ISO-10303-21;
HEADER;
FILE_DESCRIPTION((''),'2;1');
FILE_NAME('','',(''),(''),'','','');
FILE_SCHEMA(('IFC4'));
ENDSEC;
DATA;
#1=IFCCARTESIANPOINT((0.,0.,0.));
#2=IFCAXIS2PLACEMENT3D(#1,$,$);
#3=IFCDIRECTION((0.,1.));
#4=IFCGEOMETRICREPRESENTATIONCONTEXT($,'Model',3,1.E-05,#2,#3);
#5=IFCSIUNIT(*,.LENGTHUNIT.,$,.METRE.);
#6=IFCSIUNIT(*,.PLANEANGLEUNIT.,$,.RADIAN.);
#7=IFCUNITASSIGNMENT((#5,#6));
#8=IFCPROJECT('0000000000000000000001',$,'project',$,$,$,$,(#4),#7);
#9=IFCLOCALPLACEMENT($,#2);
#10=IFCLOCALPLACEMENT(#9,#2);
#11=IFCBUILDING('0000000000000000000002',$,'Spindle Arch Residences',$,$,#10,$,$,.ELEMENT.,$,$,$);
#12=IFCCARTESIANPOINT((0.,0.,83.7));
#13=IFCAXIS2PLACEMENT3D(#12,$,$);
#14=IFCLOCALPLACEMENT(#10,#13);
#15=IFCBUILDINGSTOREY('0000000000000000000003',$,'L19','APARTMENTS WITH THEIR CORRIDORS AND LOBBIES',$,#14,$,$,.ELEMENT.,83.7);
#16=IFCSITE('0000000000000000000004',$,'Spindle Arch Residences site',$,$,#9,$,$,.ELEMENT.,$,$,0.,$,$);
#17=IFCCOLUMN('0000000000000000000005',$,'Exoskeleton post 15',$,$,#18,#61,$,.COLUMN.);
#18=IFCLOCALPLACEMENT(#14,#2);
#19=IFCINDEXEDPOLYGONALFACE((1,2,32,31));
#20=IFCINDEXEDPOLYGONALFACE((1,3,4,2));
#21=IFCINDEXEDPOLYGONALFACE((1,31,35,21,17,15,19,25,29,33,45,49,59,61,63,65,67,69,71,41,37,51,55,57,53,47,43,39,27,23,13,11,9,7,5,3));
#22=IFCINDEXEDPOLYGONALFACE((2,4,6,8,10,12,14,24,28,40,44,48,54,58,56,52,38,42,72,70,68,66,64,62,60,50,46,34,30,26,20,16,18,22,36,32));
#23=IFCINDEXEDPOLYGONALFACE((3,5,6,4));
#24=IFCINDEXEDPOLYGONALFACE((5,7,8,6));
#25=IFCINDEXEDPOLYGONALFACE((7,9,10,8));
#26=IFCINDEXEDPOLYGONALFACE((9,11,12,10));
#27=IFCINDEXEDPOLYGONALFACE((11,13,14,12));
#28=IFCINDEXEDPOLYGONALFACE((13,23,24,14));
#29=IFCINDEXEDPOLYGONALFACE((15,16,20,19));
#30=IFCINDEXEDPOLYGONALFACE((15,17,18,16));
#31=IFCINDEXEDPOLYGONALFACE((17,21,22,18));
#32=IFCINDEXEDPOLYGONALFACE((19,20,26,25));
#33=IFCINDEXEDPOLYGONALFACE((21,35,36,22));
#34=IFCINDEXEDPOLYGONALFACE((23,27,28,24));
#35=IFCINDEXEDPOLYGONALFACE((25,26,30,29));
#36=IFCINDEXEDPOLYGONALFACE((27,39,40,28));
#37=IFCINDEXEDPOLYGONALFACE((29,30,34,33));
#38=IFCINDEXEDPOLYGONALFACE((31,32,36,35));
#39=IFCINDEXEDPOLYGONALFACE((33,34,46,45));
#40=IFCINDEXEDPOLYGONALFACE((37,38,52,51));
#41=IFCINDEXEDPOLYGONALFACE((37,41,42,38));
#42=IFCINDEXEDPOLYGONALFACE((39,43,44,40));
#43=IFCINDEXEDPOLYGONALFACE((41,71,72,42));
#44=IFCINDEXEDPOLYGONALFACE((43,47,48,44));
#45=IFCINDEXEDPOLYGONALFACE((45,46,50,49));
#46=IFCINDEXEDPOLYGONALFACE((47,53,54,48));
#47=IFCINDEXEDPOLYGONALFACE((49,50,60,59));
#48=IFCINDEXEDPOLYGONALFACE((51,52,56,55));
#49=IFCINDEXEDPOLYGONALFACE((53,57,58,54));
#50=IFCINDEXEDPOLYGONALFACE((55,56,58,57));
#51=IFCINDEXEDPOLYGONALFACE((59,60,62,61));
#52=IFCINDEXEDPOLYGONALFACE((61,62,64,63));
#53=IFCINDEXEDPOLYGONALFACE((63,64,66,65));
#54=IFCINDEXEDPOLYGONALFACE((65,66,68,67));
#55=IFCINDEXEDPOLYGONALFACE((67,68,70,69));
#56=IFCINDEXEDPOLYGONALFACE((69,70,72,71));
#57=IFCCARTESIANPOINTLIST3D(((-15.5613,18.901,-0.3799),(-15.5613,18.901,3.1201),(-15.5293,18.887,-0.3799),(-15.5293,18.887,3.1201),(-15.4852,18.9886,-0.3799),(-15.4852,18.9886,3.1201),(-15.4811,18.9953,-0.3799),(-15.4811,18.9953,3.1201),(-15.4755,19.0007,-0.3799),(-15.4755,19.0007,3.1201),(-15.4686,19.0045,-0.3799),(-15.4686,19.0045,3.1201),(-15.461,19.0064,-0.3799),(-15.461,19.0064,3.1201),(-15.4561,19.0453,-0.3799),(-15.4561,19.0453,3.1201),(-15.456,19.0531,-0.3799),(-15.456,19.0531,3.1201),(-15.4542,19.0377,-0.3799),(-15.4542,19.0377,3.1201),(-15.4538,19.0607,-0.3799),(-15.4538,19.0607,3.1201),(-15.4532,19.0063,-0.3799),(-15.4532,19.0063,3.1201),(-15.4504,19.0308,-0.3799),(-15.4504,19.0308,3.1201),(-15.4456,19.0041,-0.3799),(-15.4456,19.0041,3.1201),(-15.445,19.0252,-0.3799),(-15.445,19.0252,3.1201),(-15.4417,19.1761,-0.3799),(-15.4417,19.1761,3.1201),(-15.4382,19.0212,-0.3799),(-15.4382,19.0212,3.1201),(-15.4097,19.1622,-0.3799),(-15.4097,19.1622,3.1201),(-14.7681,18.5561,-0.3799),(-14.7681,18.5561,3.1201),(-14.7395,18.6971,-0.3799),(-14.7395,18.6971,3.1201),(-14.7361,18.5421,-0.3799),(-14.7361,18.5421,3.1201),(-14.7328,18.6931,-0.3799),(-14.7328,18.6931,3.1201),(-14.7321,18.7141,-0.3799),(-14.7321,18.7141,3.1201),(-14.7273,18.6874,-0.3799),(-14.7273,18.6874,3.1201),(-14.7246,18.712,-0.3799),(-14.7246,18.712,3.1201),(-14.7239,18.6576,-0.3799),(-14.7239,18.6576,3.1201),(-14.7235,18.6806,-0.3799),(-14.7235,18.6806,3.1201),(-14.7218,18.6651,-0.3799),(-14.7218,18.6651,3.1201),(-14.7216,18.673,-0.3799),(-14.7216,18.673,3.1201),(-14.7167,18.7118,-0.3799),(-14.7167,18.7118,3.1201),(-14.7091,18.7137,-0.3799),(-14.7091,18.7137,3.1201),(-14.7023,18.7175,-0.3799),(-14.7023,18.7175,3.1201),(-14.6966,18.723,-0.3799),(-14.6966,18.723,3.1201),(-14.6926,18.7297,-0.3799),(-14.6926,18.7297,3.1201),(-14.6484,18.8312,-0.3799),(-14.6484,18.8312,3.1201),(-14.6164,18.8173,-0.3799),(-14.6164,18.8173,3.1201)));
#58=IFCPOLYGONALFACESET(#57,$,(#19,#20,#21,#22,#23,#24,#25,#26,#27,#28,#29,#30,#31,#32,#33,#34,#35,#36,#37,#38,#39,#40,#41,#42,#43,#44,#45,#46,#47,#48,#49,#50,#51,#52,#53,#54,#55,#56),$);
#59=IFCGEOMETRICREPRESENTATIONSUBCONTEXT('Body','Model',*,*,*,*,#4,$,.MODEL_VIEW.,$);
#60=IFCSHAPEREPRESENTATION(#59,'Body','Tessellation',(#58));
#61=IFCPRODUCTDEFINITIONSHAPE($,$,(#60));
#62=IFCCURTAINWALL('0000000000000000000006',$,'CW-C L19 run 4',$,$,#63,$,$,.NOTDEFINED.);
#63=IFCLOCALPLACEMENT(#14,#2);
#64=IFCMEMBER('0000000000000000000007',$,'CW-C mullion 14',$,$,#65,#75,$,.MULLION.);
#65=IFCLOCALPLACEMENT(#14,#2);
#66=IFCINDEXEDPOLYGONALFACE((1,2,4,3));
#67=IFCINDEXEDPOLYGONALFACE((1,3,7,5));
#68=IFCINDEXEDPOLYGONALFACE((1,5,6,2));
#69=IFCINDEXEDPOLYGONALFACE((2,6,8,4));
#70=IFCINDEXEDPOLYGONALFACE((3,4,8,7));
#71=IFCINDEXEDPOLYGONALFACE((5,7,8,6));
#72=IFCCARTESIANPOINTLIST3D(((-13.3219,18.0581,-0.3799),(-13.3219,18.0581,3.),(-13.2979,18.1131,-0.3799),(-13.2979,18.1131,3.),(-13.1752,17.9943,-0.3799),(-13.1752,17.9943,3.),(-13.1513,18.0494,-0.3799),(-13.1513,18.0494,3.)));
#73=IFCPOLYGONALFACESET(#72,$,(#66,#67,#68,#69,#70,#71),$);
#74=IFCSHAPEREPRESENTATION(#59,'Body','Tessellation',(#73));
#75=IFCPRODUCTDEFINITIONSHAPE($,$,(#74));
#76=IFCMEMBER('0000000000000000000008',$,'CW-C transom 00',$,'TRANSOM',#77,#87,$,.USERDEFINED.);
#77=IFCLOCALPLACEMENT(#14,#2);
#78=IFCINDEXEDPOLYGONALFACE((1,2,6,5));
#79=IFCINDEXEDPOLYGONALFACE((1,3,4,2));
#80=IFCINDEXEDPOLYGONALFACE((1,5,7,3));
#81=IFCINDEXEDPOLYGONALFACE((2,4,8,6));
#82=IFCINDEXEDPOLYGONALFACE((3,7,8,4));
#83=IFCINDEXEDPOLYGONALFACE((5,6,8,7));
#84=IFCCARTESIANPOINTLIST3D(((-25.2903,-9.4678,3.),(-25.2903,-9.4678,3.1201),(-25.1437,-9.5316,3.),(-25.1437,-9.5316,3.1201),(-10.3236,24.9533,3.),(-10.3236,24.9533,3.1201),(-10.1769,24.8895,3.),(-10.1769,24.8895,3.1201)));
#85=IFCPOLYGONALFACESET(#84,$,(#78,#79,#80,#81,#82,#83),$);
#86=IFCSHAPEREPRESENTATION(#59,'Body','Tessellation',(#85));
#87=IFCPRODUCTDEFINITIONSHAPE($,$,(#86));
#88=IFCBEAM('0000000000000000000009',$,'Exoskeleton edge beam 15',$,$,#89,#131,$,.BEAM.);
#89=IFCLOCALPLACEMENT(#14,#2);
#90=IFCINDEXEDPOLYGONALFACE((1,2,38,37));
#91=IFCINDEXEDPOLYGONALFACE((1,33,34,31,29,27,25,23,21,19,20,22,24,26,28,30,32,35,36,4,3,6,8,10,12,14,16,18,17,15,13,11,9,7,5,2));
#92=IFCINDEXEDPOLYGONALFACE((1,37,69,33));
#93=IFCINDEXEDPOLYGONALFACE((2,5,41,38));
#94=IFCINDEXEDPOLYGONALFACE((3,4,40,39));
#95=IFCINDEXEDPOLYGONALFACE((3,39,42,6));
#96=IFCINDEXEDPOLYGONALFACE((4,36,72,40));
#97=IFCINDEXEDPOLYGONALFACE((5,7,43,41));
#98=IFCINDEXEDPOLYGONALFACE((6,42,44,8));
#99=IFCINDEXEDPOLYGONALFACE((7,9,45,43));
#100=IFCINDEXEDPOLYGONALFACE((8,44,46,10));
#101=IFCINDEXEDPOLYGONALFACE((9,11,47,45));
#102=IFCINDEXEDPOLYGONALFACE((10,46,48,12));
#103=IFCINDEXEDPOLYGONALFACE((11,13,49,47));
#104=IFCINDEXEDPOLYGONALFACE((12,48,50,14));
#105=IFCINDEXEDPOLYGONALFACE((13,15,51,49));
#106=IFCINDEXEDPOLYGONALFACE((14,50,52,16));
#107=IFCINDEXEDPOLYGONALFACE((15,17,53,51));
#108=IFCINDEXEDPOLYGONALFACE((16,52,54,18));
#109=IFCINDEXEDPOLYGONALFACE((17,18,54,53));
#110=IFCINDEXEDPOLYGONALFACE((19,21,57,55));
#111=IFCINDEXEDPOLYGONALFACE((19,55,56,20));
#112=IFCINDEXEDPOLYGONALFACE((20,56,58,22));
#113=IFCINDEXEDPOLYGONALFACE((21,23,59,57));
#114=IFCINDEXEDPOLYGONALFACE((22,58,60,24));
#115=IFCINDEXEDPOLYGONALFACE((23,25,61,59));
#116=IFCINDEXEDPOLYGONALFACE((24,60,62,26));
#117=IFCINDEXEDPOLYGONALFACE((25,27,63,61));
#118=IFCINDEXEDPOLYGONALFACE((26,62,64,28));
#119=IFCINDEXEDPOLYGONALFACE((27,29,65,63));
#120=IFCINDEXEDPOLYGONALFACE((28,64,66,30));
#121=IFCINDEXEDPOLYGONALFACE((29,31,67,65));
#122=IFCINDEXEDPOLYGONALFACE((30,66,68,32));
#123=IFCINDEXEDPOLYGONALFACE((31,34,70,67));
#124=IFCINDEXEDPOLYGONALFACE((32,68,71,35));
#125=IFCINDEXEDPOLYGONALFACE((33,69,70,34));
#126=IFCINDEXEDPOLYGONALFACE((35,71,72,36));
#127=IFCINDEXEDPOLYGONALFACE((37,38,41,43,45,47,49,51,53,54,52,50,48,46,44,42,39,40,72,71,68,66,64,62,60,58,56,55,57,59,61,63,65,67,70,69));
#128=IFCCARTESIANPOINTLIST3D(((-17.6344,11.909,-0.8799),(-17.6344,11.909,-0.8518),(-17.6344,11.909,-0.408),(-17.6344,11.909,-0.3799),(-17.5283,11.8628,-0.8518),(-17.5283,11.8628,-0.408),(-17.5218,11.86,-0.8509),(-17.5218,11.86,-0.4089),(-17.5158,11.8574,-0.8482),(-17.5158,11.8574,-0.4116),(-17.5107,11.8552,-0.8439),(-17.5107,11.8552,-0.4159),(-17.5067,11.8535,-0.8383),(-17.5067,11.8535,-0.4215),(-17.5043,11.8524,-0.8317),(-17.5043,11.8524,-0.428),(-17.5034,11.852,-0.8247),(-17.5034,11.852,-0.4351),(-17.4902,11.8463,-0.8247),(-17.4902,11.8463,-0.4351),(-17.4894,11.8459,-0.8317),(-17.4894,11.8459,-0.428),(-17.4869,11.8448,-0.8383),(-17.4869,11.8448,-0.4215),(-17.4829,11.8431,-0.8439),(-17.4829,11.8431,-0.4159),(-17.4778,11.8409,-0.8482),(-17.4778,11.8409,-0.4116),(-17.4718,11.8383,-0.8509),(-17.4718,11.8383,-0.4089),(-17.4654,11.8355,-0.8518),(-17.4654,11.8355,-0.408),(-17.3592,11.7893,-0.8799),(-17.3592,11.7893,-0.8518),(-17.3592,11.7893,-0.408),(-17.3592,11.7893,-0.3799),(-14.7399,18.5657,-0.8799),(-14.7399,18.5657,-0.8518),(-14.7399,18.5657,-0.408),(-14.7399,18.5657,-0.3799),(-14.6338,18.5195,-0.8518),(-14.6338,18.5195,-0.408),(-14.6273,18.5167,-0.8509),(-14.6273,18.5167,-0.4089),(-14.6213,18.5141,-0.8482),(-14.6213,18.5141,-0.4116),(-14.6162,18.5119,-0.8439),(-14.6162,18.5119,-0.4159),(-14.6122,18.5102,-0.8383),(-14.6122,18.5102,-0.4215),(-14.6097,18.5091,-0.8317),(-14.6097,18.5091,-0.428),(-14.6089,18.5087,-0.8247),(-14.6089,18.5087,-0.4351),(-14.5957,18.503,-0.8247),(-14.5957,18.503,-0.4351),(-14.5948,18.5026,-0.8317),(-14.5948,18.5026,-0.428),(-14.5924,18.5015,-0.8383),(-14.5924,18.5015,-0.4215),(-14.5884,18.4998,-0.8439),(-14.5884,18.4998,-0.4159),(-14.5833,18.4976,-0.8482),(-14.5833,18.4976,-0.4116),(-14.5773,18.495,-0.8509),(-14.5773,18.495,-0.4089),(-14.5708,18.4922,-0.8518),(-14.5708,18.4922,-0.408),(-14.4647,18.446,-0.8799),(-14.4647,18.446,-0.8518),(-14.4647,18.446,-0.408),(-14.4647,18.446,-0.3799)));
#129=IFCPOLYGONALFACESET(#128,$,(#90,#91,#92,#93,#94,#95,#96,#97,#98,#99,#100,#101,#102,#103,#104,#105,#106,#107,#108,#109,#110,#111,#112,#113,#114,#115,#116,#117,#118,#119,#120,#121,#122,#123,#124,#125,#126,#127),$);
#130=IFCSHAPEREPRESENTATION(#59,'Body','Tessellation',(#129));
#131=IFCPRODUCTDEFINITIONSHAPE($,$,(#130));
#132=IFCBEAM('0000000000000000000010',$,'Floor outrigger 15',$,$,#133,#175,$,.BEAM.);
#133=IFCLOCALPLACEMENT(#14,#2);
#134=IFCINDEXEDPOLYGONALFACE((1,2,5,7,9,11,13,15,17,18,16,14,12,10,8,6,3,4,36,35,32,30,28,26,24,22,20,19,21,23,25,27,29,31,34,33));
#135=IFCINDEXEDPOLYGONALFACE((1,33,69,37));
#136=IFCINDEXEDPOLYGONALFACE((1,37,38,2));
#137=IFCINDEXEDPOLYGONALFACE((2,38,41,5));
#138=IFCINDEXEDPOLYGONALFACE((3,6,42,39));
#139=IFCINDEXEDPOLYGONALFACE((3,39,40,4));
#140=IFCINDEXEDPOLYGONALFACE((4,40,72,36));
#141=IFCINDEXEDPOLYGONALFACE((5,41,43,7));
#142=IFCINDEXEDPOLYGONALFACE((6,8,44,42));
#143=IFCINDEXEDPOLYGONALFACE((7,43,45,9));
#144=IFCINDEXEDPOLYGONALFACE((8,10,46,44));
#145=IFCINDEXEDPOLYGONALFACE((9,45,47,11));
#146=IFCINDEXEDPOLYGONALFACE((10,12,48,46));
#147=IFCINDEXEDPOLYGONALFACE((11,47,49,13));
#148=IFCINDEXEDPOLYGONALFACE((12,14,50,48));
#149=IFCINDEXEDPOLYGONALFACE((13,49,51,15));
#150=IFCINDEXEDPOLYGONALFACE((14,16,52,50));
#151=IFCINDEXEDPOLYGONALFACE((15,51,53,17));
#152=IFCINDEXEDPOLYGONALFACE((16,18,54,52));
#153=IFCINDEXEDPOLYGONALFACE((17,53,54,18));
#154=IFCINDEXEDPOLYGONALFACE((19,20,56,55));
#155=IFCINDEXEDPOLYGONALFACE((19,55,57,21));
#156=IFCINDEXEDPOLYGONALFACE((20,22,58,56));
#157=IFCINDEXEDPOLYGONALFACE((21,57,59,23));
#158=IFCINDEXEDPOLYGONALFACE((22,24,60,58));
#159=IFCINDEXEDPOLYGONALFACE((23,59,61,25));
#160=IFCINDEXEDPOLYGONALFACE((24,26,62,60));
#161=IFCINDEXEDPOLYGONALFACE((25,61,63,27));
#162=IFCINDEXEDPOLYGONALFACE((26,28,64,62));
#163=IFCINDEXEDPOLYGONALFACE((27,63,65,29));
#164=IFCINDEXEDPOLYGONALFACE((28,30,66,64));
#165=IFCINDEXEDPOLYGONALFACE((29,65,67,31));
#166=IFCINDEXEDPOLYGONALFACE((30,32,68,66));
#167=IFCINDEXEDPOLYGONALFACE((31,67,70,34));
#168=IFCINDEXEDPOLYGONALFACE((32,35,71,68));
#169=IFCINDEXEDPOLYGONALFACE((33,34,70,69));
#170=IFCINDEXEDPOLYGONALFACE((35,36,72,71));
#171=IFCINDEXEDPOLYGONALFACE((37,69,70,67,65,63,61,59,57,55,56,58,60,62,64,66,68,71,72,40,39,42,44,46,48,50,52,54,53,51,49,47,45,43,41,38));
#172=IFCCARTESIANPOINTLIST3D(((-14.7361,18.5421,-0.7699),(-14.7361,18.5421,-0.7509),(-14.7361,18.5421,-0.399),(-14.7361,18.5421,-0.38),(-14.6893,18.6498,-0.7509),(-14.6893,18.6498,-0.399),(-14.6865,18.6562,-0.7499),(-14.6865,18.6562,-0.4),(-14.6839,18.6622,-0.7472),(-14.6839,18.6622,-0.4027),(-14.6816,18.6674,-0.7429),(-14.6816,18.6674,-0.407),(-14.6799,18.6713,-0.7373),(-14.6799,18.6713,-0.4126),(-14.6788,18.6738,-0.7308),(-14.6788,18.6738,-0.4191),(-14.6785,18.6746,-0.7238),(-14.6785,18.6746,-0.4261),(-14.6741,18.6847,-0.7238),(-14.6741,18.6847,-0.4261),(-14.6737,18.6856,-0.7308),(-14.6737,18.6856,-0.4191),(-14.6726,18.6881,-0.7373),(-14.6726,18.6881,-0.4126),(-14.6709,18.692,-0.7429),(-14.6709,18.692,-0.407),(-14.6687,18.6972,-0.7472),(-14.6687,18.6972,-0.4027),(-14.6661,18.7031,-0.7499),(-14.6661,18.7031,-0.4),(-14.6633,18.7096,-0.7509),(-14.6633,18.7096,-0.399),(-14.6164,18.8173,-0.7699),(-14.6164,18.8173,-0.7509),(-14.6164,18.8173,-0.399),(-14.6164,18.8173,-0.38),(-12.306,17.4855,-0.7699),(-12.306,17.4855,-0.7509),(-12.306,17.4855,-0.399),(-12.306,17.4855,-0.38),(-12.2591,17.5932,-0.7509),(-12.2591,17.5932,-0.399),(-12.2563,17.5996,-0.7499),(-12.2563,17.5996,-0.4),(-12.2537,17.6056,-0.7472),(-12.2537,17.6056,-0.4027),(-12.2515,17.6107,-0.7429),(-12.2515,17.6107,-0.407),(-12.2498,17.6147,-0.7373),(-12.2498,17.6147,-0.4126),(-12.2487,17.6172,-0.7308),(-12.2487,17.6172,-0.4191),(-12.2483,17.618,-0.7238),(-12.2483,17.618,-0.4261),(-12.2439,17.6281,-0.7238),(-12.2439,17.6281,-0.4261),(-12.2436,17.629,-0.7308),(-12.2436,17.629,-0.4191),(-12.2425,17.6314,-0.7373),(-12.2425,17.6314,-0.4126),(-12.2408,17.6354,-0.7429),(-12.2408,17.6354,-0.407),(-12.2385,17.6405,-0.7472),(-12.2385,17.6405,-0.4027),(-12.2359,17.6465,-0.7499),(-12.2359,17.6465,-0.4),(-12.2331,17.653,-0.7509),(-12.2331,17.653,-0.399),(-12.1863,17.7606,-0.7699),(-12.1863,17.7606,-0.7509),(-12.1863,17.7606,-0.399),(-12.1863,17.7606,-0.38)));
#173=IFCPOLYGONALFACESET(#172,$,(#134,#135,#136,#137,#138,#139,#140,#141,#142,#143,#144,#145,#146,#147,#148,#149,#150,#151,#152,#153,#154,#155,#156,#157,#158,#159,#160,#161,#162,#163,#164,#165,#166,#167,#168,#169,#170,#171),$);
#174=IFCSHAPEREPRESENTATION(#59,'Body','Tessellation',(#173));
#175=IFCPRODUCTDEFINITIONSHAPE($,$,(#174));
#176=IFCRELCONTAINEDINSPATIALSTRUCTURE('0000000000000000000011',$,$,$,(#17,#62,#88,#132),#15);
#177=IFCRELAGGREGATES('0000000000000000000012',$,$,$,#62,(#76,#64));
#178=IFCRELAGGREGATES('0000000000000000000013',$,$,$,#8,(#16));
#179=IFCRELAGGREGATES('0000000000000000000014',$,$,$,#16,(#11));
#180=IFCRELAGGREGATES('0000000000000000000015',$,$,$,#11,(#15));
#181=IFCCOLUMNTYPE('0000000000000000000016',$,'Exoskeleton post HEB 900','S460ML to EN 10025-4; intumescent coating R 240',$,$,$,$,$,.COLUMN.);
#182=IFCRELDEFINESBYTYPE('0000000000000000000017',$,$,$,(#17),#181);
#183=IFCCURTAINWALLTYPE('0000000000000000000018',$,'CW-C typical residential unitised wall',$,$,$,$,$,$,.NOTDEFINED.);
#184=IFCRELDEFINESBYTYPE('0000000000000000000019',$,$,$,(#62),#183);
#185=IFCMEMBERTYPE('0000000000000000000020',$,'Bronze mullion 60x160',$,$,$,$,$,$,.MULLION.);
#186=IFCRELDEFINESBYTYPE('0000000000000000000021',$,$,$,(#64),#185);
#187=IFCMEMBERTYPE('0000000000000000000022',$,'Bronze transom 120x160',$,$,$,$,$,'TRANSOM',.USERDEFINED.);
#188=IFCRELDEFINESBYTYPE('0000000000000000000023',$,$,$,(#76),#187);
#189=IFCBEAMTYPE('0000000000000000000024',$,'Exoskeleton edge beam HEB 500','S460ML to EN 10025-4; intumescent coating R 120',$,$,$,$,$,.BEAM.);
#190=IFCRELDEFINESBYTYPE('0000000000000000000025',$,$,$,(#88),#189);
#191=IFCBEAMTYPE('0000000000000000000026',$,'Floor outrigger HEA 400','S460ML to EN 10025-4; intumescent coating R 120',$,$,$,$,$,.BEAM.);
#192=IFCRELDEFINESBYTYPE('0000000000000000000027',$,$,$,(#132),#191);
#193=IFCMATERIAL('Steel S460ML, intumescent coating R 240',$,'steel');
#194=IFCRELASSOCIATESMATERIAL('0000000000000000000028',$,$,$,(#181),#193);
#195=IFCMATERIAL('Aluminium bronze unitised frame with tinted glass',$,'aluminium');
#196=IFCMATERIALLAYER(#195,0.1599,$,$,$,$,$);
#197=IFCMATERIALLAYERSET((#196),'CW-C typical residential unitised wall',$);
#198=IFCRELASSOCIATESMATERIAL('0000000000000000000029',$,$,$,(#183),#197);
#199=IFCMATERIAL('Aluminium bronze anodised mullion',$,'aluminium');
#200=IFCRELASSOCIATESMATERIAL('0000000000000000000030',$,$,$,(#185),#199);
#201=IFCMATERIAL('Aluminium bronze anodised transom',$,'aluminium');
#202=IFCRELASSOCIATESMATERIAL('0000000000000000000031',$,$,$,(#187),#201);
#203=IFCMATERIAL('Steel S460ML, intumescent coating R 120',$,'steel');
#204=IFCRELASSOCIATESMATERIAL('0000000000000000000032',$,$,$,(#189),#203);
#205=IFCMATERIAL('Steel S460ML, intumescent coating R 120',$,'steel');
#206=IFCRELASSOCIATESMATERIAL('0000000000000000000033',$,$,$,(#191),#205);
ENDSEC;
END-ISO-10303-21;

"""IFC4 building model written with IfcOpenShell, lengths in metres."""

from ifc_helpers import new_model, si_unit, direction, frame, origin, origin_2d, place, context, subcontext, project, spatial, rectangle, i_section, extrude, material, layer, layer_set, material_profile, profile_set, type_object, element, aggregate, save


model = new_model("IFC4")

# Units and contexts
model_context = context("Model", 3, precision=1e-05, world=origin(), true_north=direction((0.0, 1.0)))
body_context = subcontext(model_context, "Body", "Model", "MODEL_VIEW")
ifc_project = project(units=[si_unit("LENGTHUNIT", "METRE"), si_unit("PLANEANGLEUNIT", "RADIAN")], contexts=[model_context])

# Site, building, storey
site_placement = place(None, origin())
site = spatial("IfcSite", under=ifc_project, at=site_placement, Name="Spindle Arch Residences site", CompositionType="ELEMENT", RefElevation=0.0)
building_placement = place(site_placement, origin())
building = spatial("IfcBuilding", under=site, at=building_placement, Name="Spindle Arch Residences", CompositionType="ELEMENT")
storey_placement = place(building_placement, frame((0.0, 0.0, 83.7)))
storey = spatial("IfcBuildingStorey", under=building, at=storey_placement, Name="L19", Description="APARTMENTS WITH THEIR CORRIDORS AND LOBBIES", CompositionType="ELEMENT", Elevation=83.7)

# Column
ifc_material_1 = material(Name="Steel S460ML, intumescent coating R 240", Category="steel")
ifc_material_profile_1 = material_profile(ifc_material_1, i_section(OverallWidth=0.3, OverallDepth=0.8999, WebThickness=0.0186, FlangeThickness=0.0349, FilletRadius=0.03, at=origin_2d()), Name="HEB 900")
ifc_profile_set_1 = profile_set([ifc_material_profile_1], Name="Steel S460ML, intumescent coating R 240")
column_type = type_object("IfcColumnType", Name="Exoskeleton post HEB 900", Description="S460ML to EN 10025-4; intumescent coating R 240", PredefinedType="COLUMN", material=ifc_profile_set_1)
column_placement = place(storey_placement, frame((-15.0889, 18.8591, -0.3799), z_axis=(0.0, 0.0, 1.0), x_axis=(0.398749, 0.91706, 0.0)))
element("IfcColumn", 1, at=column_placement, inside=storey, type_object=column_type, Name="Exoskeleton post 15", PredefinedType="COLUMN", context=body_context, shape_type="SweptSolid", body=[
    extrude(i_section(OverallWidth=0.3, OverallDepth=0.8999, WebThickness=0.0186, FlangeThickness=0.0349, FilletRadius=0.03, at=origin_2d()), origin(), (0.0, 0.0, 1.0), 3.5),
])

# Curtain wall, members
ifc_material_2 = material(Name="Aluminium bronze unitised frame with tinted glass", Category="aluminium")
ifc_layer_1 = layer(ifc_material_2, 0.1599)
ifc_layer_set_1 = layer_set([ifc_layer_1], Name="CW-C typical residential unitised wall")
curtain_wall_type = type_object("IfcCurtainWallType", Name="CW-C typical residential unitised wall", PredefinedType="NOTDEFINED", material=ifc_layer_set_1)
curtain_wall_placement = place(storey_placement, origin())
curtain_wall = element("IfcCurtainWall", 2, at=curtain_wall_placement, inside=storey, type_object=curtain_wall_type, Name="CW-C L19 run 4", PredefinedType="NOTDEFINED")
ifc_material_3 = material(Name="Aluminium bronze anodised mullion", Category="aluminium")
ifc_material_profile_2 = material_profile(ifc_material_3, rectangle(XDim=0.1599, YDim=0.0601, at=origin_2d()), Name="MU 60x160")
ifc_profile_set_2 = profile_set([ifc_material_profile_2], Name="Aluminium bronze anodised mullion")
member_type_1 = type_object("IfcMemberType", Name="Bronze mullion 60x160", PredefinedType="MULLION", material=ifc_profile_set_2)
member_1_placement = place(storey_placement, frame((-13.2366, 18.0537, -0.3799), z_axis=(0.0, 0.0, 1.0), x_axis=(0.91706, -0.398749, 0.0)))
member_1 = element("IfcMember", 3, at=member_1_placement, type_object=member_type_1, Name="CW-C mullion 14", PredefinedType="MULLION", context=body_context, shape_type="SweptSolid", body=[
    extrude(rectangle(XDim=0.1599, YDim=0.0601, at=origin_2d()), origin(), (0.0, 0.0, 1.0), 3.3799),
])
ifc_material_4 = material(Name="Aluminium bronze anodised transom", Category="aluminium")
ifc_material_profile_3 = material_profile(ifc_material_4, rectangle(XDim=0.1599, YDim=0.1201, at=origin_2d()), Name="TR 120x160")
ifc_profile_set_3 = profile_set([ifc_material_profile_3], Name="Aluminium bronze anodised transom")
member_type_2 = type_object("IfcMemberType", Name="Bronze transom 120x160", ElementType="TRANSOM", PredefinedType="USERDEFINED", material=ifc_profile_set_3)
member_2_placement = place(storey_placement, frame((-10.2502, 24.9214, 3.0601), z_axis=(-0.39875, -0.91706, 0.0), x_axis=(0.91706, -0.39875, 0.0)))
member_2 = element("IfcMember", 4, at=member_2_placement, type_object=member_type_2, Name="CW-C transom 00", ObjectType="TRANSOM", PredefinedType="USERDEFINED", context=body_context, shape_type="SweptSolid", body=[
    extrude(rectangle(XDim=0.1599, YDim=0.1201, at=origin_2d()), origin(), (0.0, 0.0, 1.0), 37.5342),
])

# Beams
ifc_material_5 = material(Name="Steel S460ML, intumescent coating R 120", Category="steel")
ifc_material_profile_4 = material_profile(ifc_material_5, i_section(OverallWidth=0.3, OverallDepth=0.5, WebThickness=0.0144, FlangeThickness=0.0281, FilletRadius=0.0271, at=origin_2d()), Name="HEB 500")
ifc_profile_set_4 = profile_set([ifc_material_profile_4], Name="Steel S460ML, intumescent coating R 120")
beam_type_1 = type_object("IfcBeamType", Name="Exoskeleton edge beam HEB 500", Description="S460ML to EN 10025-4; intumescent coating R 120", PredefinedType="BEAM", material=ifc_profile_set_4)
beam_1_placement = place(storey_placement, frame((-14.6023, 18.5059, -0.6299), z_axis=(-0.398761, -0.917055, 0.0), x_axis=(0.917055, -0.398761, 0.0)))
element("IfcBeam", 5, at=beam_1_placement, inside=storey, type_object=beam_type_1, Name="Exoskeleton edge beam 15", PredefinedType="BEAM", context=body_context, shape_type="SweptSolid", body=[
    extrude(i_section(OverallWidth=0.3, OverallDepth=0.5, WebThickness=0.0144, FlangeThickness=0.0281, FilletRadius=0.0271, at=origin_2d()), origin(), (0.0, 0.0, 1.0), 7.2588),
])
ifc_material_6 = material(Name="Steel S460ML, intumescent coating R 120", Category="steel")
ifc_material_profile_5 = material_profile(ifc_material_6, i_section(OverallWidth=0.3, OverallDepth=0.3899, WebThickness=0.011, FlangeThickness=0.019, FilletRadius=0.0271, at=origin_2d()), Name="HEA 400")
ifc_profile_set_5 = profile_set([ifc_material_profile_5], Name="Steel S460ML, intumescent coating R 120")
beam_type_2 = type_object("IfcBeamType", Name="Floor outrigger HEA 400", Description="S460ML to EN 10025-4; intumescent coating R 120", PredefinedType="BEAM", material=ifc_profile_set_5)
beam_2_placement = place(storey_placement, frame((-14.6763, 18.6797, -0.575), z_axis=(0.917064, -0.39874, 0.0), x_axis=(0.39874, 0.917064, 0.0)))
element("IfcBeam", 6, at=beam_2_placement, inside=storey, type_object=beam_type_2, Name="Floor outrigger 15", PredefinedType="BEAM", context=body_context, shape_type="SweptSolid", body=[
    extrude(i_section(OverallWidth=0.3, OverallDepth=0.3899, WebThickness=0.011, FlangeThickness=0.019, FilletRadius=0.0271, at=origin_2d()), origin(), (0.0, 0.0, 1.0), 2.6499),
])

aggregate(curtain_wall, [member_2, member_1])

save(model, "model.ifc")
